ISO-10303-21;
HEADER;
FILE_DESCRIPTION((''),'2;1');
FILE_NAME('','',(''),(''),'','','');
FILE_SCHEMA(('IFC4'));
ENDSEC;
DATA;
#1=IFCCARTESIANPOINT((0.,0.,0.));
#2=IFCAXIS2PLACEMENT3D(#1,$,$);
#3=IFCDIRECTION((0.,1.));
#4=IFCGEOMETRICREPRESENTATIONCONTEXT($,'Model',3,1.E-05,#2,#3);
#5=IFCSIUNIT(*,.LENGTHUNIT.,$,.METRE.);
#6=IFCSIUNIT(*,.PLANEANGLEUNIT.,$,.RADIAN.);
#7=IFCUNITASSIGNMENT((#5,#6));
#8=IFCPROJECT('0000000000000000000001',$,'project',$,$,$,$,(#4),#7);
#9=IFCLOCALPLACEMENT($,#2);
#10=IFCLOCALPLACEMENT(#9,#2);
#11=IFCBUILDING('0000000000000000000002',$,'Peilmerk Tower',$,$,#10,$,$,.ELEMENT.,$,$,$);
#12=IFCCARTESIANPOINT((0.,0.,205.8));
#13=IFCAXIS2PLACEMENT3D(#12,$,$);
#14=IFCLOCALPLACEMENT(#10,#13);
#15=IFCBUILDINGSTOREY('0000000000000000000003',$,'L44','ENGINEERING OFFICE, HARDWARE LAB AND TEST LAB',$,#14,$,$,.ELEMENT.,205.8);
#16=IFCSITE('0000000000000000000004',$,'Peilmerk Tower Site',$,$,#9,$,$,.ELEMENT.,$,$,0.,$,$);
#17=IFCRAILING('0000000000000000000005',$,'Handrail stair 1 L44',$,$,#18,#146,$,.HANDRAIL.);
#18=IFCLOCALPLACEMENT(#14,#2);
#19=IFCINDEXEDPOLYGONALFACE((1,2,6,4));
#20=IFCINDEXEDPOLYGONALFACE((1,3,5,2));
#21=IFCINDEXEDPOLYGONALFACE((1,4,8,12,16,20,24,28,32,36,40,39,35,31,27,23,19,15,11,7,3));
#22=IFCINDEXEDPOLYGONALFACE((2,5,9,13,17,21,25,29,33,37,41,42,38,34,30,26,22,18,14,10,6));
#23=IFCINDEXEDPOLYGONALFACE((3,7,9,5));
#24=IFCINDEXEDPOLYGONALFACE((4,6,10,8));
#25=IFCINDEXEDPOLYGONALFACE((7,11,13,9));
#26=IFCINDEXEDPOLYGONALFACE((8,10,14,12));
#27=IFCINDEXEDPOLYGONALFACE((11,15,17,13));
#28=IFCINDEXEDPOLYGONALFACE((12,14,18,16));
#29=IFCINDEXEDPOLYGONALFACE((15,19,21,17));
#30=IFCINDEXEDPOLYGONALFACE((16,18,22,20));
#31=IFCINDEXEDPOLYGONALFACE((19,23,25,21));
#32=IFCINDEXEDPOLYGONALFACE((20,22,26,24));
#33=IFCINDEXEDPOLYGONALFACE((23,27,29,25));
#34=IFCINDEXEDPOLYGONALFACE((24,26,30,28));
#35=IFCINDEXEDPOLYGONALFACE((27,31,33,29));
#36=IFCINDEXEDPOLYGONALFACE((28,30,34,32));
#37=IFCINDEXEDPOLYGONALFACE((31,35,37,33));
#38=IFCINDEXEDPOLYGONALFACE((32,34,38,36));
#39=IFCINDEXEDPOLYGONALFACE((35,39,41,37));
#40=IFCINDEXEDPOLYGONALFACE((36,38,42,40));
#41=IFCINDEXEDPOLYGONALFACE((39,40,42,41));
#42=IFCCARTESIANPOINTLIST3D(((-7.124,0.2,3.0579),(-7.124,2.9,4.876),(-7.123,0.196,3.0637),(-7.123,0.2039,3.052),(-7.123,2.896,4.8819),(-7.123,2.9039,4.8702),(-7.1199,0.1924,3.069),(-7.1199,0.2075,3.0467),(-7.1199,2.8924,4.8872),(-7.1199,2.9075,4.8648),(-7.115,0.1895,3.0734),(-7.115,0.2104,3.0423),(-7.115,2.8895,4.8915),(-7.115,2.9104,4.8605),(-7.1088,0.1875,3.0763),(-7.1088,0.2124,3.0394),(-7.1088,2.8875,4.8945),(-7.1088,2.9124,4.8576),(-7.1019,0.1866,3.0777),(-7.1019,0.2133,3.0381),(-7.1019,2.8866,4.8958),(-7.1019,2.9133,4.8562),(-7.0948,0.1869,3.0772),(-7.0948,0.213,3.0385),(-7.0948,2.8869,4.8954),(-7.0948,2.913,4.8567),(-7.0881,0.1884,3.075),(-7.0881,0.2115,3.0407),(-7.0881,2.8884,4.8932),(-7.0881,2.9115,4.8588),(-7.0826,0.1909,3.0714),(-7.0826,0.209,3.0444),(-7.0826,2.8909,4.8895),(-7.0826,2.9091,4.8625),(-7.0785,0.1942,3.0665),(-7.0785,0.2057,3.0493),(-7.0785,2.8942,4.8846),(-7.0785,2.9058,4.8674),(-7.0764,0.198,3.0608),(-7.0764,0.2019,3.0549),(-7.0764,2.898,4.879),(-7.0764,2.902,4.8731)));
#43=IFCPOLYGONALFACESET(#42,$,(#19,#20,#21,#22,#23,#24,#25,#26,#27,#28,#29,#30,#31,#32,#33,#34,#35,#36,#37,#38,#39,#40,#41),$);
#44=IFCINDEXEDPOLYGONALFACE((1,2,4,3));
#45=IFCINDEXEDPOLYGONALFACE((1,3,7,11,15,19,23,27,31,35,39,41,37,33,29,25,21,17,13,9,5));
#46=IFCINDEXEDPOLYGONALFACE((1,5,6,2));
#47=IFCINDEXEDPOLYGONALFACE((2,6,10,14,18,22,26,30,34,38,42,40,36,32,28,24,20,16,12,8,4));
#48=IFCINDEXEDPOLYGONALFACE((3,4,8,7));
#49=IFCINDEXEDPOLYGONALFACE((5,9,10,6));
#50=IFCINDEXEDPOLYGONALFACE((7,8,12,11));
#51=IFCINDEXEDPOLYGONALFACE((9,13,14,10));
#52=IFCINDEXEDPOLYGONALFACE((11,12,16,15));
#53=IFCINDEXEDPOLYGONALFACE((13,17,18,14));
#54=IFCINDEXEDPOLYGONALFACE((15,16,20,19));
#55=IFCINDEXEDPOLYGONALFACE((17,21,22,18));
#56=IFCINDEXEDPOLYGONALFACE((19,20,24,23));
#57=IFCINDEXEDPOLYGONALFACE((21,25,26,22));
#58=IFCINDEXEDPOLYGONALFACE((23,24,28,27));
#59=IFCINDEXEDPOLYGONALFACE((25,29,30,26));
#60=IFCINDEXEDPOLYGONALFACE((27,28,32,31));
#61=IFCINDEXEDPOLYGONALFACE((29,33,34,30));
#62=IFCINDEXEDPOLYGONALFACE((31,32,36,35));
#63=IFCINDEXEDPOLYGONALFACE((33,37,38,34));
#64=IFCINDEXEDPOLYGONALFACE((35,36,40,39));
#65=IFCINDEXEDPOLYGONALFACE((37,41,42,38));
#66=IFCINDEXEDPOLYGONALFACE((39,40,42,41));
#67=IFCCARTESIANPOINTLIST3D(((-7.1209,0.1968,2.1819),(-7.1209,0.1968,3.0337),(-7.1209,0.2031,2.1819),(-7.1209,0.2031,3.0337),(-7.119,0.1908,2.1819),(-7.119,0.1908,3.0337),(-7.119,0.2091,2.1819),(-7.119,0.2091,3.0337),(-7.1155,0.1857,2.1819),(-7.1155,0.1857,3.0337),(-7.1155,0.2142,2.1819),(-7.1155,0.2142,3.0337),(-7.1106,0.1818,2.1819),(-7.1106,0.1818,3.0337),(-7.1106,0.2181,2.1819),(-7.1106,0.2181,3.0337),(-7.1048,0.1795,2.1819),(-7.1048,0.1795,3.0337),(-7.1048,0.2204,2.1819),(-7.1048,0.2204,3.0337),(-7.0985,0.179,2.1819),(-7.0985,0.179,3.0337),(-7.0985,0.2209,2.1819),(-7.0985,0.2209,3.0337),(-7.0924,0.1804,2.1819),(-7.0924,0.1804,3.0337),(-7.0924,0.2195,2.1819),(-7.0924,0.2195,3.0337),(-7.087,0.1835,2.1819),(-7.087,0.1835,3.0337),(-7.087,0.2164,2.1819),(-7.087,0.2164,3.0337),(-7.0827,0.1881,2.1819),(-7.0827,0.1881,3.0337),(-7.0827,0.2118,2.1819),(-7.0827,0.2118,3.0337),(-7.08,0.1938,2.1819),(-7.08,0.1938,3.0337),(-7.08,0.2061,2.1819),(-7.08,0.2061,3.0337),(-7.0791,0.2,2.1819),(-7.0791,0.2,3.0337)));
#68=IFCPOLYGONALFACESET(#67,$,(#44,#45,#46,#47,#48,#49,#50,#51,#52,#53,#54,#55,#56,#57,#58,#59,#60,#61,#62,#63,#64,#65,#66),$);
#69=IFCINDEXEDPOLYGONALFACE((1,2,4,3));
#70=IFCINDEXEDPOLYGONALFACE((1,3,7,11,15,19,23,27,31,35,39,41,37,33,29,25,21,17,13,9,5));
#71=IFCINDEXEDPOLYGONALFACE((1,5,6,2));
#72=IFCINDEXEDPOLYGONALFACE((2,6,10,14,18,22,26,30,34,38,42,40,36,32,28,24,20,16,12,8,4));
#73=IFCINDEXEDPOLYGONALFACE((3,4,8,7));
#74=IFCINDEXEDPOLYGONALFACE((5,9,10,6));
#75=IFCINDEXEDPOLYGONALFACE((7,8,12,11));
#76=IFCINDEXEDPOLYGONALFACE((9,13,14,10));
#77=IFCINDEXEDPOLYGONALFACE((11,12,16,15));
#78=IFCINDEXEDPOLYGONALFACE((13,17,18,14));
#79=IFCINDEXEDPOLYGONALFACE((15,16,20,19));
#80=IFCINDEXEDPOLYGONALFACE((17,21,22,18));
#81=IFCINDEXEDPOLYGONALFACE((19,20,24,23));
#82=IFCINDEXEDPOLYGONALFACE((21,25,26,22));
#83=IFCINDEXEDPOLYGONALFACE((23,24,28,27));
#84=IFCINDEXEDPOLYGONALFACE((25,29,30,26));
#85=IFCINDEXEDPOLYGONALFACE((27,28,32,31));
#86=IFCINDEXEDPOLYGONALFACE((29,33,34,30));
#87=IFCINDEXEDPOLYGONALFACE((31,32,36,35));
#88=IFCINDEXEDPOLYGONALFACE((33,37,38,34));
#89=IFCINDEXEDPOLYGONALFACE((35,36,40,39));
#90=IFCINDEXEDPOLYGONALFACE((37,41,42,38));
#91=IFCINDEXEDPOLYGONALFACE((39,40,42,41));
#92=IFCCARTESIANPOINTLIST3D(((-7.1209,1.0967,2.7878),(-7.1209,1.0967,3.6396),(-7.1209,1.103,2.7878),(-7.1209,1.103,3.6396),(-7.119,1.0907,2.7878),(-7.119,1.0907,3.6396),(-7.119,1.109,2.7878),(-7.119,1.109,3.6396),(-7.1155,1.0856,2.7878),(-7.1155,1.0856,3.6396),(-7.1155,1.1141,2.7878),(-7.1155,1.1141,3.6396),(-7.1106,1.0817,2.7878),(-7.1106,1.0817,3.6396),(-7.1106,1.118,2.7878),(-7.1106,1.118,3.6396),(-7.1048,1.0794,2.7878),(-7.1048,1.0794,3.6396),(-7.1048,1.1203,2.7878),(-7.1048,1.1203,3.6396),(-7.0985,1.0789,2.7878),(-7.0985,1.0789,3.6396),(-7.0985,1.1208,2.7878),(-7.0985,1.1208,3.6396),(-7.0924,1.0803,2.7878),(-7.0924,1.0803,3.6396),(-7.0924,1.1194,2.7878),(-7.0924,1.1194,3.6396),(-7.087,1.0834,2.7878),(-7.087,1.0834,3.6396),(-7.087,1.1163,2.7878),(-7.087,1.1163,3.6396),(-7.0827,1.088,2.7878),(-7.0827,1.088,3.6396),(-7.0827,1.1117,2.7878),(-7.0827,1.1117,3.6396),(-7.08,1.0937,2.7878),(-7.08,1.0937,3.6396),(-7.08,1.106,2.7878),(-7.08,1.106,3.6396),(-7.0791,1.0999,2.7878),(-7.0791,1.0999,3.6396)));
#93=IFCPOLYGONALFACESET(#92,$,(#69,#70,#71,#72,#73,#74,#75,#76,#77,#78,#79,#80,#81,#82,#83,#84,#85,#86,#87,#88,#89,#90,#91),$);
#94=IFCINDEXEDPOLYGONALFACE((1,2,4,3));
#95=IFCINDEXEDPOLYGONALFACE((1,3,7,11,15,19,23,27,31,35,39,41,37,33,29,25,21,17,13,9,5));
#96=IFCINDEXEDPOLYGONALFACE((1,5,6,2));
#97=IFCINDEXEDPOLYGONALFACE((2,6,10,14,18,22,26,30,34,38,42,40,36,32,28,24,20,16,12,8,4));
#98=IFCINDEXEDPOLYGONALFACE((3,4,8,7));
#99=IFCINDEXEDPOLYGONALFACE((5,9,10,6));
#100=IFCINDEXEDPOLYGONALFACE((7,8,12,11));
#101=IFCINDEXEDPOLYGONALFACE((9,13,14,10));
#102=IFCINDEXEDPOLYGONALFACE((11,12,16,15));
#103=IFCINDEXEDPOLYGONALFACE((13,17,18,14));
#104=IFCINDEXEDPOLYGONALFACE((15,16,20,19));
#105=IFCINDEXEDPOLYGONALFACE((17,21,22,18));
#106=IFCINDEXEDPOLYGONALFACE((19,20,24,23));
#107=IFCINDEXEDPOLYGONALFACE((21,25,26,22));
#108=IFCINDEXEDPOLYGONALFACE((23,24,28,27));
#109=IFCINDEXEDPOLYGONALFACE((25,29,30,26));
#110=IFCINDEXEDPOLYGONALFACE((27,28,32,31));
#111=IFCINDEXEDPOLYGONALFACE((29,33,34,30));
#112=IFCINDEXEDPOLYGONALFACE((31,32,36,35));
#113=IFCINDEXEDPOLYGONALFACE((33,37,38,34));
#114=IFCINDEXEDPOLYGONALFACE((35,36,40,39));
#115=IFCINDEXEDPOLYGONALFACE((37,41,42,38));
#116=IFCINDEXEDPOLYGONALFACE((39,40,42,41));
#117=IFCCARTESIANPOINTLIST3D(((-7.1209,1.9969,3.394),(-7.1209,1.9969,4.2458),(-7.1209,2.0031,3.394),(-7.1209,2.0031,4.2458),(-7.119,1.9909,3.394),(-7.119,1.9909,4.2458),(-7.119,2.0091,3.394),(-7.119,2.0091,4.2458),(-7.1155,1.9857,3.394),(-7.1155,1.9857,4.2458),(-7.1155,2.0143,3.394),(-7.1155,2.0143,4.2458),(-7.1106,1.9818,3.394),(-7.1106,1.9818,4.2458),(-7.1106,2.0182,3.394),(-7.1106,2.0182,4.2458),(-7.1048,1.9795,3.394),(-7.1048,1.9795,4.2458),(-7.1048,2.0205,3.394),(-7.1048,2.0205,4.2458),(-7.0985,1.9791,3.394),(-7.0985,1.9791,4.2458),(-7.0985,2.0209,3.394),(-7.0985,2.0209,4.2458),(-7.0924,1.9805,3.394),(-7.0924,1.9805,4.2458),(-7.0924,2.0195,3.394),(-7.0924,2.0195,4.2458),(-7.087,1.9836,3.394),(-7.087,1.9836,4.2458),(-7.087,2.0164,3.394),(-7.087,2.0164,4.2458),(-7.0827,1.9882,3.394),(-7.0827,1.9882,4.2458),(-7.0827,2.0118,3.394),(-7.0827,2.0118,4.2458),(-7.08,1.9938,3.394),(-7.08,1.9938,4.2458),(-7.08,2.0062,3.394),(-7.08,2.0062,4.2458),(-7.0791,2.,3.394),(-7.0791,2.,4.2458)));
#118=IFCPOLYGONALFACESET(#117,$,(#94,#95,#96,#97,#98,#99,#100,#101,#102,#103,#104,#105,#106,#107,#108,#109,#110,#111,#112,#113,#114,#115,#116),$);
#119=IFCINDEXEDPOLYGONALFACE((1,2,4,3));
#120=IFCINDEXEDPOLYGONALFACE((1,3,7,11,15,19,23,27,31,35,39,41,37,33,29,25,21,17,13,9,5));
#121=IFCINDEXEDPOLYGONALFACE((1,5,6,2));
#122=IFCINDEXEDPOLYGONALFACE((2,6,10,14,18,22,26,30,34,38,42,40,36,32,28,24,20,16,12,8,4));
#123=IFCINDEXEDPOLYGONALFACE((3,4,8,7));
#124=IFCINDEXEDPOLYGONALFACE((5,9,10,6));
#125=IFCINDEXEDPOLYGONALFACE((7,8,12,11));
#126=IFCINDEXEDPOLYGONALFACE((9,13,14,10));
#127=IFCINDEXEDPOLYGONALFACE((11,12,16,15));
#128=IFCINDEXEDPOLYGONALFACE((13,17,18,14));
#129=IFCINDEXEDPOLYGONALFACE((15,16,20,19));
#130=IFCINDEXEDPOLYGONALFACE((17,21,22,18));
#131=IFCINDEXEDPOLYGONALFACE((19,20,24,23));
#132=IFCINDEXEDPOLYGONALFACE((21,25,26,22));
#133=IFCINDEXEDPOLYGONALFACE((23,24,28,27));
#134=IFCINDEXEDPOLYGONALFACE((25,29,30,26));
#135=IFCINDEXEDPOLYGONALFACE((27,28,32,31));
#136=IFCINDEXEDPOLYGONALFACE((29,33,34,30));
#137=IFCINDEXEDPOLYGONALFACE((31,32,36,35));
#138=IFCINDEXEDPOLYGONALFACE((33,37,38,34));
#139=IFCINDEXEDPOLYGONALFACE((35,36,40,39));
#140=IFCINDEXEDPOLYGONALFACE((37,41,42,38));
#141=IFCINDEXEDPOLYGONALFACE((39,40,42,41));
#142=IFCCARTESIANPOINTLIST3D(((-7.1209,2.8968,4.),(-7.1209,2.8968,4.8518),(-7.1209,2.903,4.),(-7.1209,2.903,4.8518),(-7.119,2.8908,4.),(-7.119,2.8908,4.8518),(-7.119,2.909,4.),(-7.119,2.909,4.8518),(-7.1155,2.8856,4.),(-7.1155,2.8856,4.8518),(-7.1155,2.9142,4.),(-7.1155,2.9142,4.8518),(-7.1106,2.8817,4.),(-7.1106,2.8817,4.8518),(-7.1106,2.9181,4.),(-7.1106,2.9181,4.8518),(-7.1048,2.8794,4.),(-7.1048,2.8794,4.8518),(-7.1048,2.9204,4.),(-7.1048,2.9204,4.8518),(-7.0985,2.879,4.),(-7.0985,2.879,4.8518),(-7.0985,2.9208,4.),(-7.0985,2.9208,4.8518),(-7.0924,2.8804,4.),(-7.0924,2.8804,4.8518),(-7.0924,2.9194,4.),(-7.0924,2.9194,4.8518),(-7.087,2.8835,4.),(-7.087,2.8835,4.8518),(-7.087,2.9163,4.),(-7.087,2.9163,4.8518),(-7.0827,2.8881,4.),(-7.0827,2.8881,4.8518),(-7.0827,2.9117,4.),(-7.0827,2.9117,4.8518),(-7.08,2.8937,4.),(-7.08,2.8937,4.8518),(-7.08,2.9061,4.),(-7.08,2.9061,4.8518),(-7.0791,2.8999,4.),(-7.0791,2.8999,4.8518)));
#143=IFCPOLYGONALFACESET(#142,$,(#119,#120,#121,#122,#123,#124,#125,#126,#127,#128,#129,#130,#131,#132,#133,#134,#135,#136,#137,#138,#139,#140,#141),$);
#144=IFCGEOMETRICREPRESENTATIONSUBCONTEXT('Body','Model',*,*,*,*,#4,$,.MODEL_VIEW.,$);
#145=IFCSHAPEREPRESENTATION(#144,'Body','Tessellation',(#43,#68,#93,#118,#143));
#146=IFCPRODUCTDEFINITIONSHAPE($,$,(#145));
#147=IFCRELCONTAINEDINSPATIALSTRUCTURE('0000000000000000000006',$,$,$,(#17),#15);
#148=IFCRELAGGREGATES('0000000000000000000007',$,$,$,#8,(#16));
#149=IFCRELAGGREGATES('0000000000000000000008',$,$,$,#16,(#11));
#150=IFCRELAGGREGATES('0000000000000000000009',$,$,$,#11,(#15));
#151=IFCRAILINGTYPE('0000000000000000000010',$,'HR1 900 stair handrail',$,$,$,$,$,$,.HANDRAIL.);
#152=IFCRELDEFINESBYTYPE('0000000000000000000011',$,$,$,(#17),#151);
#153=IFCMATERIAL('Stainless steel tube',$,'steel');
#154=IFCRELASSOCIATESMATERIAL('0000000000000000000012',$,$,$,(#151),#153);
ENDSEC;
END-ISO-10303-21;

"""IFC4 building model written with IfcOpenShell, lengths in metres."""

from ifc_helpers import new_model, si_unit, direction, frame, origin, origin_2d, place, context, subcontext, project, spatial, circle, extrude, material, type_object, element, save


model = new_model("IFC4")

# Units and contexts
model_context = context("Model", 3, precision=1e-05, world=origin(), true_north=direction((0.0, 1.0)))
body_context = subcontext(model_context, "Body", "Model", "MODEL_VIEW")
ifc_project = project(units=[si_unit("LENGTHUNIT", "METRE"), si_unit("PLANEANGLEUNIT", "RADIAN")], contexts=[model_context])

# Site, building, storey
site_placement = place(None, origin())
site = spatial("IfcSite", under=ifc_project, at=site_placement, Name="Peilmerk Tower Site", CompositionType="ELEMENT", RefElevation=0.0)
building_placement = place(site_placement, origin())
building = spatial("IfcBuilding", under=site, at=building_placement, Name="Peilmerk Tower", CompositionType="ELEMENT")
storey_placement = place(building_placement, frame((0.0, 0.0, 205.8)))
storey = spatial("IfcBuildingStorey", under=building, at=storey_placement, Name="L44", Description="ENGINEERING OFFICE, HARDWARE LAB AND TEST LAB", CompositionType="ELEMENT", Elevation=205.8)

# Railing
ifc_material_1 = material(Name="Stainless steel tube", Category="steel")
railing_type_1 = type_object("IfcRailingType", Name="HR1 900 stair handrail", PredefinedType="HANDRAIL", material=ifc_material_1)
railing_1_placement = place(storey_placement, frame((-7.1001, 0.2, 2.1819)))
element("IfcRailing", 1, at=railing_1_placement, inside=storey, type_object=railing_type_1, Name="Handrail stair 1 L44", PredefinedType="HANDRAIL", context=body_context, shape_type="SweptSolid", body=[
    extrude(circle(Radius=0.0239, at=origin_2d()), frame((0.0, 0.0, 0.876), z_axis=(0.0, 0.829468, 0.558554), x_axis=(-1.0, 0.0, 0.0)), (0.0, 0.0, 1.0), 3.2551),
    extrude(circle(Radius=0.021, at=origin_2d()), origin(), (0.0, 0.0, 1.0), 0.8518),
    extrude(circle(Radius=0.021, at=origin_2d()), frame((0.0, 0.8999, 0.606)), (0.0, 0.0, 1.0), 0.8518),
    extrude(circle(Radius=0.021, at=origin_2d()), frame((0.0, 1.8, 1.2122)), (0.0, 0.0, 1.0), 0.8518),
    extrude(circle(Radius=0.021, at=origin_2d()), frame((0.0, 2.7, 1.8181)), (0.0, 0.0, 1.0), 0.8518),
])

save(model, "model.ifc")
